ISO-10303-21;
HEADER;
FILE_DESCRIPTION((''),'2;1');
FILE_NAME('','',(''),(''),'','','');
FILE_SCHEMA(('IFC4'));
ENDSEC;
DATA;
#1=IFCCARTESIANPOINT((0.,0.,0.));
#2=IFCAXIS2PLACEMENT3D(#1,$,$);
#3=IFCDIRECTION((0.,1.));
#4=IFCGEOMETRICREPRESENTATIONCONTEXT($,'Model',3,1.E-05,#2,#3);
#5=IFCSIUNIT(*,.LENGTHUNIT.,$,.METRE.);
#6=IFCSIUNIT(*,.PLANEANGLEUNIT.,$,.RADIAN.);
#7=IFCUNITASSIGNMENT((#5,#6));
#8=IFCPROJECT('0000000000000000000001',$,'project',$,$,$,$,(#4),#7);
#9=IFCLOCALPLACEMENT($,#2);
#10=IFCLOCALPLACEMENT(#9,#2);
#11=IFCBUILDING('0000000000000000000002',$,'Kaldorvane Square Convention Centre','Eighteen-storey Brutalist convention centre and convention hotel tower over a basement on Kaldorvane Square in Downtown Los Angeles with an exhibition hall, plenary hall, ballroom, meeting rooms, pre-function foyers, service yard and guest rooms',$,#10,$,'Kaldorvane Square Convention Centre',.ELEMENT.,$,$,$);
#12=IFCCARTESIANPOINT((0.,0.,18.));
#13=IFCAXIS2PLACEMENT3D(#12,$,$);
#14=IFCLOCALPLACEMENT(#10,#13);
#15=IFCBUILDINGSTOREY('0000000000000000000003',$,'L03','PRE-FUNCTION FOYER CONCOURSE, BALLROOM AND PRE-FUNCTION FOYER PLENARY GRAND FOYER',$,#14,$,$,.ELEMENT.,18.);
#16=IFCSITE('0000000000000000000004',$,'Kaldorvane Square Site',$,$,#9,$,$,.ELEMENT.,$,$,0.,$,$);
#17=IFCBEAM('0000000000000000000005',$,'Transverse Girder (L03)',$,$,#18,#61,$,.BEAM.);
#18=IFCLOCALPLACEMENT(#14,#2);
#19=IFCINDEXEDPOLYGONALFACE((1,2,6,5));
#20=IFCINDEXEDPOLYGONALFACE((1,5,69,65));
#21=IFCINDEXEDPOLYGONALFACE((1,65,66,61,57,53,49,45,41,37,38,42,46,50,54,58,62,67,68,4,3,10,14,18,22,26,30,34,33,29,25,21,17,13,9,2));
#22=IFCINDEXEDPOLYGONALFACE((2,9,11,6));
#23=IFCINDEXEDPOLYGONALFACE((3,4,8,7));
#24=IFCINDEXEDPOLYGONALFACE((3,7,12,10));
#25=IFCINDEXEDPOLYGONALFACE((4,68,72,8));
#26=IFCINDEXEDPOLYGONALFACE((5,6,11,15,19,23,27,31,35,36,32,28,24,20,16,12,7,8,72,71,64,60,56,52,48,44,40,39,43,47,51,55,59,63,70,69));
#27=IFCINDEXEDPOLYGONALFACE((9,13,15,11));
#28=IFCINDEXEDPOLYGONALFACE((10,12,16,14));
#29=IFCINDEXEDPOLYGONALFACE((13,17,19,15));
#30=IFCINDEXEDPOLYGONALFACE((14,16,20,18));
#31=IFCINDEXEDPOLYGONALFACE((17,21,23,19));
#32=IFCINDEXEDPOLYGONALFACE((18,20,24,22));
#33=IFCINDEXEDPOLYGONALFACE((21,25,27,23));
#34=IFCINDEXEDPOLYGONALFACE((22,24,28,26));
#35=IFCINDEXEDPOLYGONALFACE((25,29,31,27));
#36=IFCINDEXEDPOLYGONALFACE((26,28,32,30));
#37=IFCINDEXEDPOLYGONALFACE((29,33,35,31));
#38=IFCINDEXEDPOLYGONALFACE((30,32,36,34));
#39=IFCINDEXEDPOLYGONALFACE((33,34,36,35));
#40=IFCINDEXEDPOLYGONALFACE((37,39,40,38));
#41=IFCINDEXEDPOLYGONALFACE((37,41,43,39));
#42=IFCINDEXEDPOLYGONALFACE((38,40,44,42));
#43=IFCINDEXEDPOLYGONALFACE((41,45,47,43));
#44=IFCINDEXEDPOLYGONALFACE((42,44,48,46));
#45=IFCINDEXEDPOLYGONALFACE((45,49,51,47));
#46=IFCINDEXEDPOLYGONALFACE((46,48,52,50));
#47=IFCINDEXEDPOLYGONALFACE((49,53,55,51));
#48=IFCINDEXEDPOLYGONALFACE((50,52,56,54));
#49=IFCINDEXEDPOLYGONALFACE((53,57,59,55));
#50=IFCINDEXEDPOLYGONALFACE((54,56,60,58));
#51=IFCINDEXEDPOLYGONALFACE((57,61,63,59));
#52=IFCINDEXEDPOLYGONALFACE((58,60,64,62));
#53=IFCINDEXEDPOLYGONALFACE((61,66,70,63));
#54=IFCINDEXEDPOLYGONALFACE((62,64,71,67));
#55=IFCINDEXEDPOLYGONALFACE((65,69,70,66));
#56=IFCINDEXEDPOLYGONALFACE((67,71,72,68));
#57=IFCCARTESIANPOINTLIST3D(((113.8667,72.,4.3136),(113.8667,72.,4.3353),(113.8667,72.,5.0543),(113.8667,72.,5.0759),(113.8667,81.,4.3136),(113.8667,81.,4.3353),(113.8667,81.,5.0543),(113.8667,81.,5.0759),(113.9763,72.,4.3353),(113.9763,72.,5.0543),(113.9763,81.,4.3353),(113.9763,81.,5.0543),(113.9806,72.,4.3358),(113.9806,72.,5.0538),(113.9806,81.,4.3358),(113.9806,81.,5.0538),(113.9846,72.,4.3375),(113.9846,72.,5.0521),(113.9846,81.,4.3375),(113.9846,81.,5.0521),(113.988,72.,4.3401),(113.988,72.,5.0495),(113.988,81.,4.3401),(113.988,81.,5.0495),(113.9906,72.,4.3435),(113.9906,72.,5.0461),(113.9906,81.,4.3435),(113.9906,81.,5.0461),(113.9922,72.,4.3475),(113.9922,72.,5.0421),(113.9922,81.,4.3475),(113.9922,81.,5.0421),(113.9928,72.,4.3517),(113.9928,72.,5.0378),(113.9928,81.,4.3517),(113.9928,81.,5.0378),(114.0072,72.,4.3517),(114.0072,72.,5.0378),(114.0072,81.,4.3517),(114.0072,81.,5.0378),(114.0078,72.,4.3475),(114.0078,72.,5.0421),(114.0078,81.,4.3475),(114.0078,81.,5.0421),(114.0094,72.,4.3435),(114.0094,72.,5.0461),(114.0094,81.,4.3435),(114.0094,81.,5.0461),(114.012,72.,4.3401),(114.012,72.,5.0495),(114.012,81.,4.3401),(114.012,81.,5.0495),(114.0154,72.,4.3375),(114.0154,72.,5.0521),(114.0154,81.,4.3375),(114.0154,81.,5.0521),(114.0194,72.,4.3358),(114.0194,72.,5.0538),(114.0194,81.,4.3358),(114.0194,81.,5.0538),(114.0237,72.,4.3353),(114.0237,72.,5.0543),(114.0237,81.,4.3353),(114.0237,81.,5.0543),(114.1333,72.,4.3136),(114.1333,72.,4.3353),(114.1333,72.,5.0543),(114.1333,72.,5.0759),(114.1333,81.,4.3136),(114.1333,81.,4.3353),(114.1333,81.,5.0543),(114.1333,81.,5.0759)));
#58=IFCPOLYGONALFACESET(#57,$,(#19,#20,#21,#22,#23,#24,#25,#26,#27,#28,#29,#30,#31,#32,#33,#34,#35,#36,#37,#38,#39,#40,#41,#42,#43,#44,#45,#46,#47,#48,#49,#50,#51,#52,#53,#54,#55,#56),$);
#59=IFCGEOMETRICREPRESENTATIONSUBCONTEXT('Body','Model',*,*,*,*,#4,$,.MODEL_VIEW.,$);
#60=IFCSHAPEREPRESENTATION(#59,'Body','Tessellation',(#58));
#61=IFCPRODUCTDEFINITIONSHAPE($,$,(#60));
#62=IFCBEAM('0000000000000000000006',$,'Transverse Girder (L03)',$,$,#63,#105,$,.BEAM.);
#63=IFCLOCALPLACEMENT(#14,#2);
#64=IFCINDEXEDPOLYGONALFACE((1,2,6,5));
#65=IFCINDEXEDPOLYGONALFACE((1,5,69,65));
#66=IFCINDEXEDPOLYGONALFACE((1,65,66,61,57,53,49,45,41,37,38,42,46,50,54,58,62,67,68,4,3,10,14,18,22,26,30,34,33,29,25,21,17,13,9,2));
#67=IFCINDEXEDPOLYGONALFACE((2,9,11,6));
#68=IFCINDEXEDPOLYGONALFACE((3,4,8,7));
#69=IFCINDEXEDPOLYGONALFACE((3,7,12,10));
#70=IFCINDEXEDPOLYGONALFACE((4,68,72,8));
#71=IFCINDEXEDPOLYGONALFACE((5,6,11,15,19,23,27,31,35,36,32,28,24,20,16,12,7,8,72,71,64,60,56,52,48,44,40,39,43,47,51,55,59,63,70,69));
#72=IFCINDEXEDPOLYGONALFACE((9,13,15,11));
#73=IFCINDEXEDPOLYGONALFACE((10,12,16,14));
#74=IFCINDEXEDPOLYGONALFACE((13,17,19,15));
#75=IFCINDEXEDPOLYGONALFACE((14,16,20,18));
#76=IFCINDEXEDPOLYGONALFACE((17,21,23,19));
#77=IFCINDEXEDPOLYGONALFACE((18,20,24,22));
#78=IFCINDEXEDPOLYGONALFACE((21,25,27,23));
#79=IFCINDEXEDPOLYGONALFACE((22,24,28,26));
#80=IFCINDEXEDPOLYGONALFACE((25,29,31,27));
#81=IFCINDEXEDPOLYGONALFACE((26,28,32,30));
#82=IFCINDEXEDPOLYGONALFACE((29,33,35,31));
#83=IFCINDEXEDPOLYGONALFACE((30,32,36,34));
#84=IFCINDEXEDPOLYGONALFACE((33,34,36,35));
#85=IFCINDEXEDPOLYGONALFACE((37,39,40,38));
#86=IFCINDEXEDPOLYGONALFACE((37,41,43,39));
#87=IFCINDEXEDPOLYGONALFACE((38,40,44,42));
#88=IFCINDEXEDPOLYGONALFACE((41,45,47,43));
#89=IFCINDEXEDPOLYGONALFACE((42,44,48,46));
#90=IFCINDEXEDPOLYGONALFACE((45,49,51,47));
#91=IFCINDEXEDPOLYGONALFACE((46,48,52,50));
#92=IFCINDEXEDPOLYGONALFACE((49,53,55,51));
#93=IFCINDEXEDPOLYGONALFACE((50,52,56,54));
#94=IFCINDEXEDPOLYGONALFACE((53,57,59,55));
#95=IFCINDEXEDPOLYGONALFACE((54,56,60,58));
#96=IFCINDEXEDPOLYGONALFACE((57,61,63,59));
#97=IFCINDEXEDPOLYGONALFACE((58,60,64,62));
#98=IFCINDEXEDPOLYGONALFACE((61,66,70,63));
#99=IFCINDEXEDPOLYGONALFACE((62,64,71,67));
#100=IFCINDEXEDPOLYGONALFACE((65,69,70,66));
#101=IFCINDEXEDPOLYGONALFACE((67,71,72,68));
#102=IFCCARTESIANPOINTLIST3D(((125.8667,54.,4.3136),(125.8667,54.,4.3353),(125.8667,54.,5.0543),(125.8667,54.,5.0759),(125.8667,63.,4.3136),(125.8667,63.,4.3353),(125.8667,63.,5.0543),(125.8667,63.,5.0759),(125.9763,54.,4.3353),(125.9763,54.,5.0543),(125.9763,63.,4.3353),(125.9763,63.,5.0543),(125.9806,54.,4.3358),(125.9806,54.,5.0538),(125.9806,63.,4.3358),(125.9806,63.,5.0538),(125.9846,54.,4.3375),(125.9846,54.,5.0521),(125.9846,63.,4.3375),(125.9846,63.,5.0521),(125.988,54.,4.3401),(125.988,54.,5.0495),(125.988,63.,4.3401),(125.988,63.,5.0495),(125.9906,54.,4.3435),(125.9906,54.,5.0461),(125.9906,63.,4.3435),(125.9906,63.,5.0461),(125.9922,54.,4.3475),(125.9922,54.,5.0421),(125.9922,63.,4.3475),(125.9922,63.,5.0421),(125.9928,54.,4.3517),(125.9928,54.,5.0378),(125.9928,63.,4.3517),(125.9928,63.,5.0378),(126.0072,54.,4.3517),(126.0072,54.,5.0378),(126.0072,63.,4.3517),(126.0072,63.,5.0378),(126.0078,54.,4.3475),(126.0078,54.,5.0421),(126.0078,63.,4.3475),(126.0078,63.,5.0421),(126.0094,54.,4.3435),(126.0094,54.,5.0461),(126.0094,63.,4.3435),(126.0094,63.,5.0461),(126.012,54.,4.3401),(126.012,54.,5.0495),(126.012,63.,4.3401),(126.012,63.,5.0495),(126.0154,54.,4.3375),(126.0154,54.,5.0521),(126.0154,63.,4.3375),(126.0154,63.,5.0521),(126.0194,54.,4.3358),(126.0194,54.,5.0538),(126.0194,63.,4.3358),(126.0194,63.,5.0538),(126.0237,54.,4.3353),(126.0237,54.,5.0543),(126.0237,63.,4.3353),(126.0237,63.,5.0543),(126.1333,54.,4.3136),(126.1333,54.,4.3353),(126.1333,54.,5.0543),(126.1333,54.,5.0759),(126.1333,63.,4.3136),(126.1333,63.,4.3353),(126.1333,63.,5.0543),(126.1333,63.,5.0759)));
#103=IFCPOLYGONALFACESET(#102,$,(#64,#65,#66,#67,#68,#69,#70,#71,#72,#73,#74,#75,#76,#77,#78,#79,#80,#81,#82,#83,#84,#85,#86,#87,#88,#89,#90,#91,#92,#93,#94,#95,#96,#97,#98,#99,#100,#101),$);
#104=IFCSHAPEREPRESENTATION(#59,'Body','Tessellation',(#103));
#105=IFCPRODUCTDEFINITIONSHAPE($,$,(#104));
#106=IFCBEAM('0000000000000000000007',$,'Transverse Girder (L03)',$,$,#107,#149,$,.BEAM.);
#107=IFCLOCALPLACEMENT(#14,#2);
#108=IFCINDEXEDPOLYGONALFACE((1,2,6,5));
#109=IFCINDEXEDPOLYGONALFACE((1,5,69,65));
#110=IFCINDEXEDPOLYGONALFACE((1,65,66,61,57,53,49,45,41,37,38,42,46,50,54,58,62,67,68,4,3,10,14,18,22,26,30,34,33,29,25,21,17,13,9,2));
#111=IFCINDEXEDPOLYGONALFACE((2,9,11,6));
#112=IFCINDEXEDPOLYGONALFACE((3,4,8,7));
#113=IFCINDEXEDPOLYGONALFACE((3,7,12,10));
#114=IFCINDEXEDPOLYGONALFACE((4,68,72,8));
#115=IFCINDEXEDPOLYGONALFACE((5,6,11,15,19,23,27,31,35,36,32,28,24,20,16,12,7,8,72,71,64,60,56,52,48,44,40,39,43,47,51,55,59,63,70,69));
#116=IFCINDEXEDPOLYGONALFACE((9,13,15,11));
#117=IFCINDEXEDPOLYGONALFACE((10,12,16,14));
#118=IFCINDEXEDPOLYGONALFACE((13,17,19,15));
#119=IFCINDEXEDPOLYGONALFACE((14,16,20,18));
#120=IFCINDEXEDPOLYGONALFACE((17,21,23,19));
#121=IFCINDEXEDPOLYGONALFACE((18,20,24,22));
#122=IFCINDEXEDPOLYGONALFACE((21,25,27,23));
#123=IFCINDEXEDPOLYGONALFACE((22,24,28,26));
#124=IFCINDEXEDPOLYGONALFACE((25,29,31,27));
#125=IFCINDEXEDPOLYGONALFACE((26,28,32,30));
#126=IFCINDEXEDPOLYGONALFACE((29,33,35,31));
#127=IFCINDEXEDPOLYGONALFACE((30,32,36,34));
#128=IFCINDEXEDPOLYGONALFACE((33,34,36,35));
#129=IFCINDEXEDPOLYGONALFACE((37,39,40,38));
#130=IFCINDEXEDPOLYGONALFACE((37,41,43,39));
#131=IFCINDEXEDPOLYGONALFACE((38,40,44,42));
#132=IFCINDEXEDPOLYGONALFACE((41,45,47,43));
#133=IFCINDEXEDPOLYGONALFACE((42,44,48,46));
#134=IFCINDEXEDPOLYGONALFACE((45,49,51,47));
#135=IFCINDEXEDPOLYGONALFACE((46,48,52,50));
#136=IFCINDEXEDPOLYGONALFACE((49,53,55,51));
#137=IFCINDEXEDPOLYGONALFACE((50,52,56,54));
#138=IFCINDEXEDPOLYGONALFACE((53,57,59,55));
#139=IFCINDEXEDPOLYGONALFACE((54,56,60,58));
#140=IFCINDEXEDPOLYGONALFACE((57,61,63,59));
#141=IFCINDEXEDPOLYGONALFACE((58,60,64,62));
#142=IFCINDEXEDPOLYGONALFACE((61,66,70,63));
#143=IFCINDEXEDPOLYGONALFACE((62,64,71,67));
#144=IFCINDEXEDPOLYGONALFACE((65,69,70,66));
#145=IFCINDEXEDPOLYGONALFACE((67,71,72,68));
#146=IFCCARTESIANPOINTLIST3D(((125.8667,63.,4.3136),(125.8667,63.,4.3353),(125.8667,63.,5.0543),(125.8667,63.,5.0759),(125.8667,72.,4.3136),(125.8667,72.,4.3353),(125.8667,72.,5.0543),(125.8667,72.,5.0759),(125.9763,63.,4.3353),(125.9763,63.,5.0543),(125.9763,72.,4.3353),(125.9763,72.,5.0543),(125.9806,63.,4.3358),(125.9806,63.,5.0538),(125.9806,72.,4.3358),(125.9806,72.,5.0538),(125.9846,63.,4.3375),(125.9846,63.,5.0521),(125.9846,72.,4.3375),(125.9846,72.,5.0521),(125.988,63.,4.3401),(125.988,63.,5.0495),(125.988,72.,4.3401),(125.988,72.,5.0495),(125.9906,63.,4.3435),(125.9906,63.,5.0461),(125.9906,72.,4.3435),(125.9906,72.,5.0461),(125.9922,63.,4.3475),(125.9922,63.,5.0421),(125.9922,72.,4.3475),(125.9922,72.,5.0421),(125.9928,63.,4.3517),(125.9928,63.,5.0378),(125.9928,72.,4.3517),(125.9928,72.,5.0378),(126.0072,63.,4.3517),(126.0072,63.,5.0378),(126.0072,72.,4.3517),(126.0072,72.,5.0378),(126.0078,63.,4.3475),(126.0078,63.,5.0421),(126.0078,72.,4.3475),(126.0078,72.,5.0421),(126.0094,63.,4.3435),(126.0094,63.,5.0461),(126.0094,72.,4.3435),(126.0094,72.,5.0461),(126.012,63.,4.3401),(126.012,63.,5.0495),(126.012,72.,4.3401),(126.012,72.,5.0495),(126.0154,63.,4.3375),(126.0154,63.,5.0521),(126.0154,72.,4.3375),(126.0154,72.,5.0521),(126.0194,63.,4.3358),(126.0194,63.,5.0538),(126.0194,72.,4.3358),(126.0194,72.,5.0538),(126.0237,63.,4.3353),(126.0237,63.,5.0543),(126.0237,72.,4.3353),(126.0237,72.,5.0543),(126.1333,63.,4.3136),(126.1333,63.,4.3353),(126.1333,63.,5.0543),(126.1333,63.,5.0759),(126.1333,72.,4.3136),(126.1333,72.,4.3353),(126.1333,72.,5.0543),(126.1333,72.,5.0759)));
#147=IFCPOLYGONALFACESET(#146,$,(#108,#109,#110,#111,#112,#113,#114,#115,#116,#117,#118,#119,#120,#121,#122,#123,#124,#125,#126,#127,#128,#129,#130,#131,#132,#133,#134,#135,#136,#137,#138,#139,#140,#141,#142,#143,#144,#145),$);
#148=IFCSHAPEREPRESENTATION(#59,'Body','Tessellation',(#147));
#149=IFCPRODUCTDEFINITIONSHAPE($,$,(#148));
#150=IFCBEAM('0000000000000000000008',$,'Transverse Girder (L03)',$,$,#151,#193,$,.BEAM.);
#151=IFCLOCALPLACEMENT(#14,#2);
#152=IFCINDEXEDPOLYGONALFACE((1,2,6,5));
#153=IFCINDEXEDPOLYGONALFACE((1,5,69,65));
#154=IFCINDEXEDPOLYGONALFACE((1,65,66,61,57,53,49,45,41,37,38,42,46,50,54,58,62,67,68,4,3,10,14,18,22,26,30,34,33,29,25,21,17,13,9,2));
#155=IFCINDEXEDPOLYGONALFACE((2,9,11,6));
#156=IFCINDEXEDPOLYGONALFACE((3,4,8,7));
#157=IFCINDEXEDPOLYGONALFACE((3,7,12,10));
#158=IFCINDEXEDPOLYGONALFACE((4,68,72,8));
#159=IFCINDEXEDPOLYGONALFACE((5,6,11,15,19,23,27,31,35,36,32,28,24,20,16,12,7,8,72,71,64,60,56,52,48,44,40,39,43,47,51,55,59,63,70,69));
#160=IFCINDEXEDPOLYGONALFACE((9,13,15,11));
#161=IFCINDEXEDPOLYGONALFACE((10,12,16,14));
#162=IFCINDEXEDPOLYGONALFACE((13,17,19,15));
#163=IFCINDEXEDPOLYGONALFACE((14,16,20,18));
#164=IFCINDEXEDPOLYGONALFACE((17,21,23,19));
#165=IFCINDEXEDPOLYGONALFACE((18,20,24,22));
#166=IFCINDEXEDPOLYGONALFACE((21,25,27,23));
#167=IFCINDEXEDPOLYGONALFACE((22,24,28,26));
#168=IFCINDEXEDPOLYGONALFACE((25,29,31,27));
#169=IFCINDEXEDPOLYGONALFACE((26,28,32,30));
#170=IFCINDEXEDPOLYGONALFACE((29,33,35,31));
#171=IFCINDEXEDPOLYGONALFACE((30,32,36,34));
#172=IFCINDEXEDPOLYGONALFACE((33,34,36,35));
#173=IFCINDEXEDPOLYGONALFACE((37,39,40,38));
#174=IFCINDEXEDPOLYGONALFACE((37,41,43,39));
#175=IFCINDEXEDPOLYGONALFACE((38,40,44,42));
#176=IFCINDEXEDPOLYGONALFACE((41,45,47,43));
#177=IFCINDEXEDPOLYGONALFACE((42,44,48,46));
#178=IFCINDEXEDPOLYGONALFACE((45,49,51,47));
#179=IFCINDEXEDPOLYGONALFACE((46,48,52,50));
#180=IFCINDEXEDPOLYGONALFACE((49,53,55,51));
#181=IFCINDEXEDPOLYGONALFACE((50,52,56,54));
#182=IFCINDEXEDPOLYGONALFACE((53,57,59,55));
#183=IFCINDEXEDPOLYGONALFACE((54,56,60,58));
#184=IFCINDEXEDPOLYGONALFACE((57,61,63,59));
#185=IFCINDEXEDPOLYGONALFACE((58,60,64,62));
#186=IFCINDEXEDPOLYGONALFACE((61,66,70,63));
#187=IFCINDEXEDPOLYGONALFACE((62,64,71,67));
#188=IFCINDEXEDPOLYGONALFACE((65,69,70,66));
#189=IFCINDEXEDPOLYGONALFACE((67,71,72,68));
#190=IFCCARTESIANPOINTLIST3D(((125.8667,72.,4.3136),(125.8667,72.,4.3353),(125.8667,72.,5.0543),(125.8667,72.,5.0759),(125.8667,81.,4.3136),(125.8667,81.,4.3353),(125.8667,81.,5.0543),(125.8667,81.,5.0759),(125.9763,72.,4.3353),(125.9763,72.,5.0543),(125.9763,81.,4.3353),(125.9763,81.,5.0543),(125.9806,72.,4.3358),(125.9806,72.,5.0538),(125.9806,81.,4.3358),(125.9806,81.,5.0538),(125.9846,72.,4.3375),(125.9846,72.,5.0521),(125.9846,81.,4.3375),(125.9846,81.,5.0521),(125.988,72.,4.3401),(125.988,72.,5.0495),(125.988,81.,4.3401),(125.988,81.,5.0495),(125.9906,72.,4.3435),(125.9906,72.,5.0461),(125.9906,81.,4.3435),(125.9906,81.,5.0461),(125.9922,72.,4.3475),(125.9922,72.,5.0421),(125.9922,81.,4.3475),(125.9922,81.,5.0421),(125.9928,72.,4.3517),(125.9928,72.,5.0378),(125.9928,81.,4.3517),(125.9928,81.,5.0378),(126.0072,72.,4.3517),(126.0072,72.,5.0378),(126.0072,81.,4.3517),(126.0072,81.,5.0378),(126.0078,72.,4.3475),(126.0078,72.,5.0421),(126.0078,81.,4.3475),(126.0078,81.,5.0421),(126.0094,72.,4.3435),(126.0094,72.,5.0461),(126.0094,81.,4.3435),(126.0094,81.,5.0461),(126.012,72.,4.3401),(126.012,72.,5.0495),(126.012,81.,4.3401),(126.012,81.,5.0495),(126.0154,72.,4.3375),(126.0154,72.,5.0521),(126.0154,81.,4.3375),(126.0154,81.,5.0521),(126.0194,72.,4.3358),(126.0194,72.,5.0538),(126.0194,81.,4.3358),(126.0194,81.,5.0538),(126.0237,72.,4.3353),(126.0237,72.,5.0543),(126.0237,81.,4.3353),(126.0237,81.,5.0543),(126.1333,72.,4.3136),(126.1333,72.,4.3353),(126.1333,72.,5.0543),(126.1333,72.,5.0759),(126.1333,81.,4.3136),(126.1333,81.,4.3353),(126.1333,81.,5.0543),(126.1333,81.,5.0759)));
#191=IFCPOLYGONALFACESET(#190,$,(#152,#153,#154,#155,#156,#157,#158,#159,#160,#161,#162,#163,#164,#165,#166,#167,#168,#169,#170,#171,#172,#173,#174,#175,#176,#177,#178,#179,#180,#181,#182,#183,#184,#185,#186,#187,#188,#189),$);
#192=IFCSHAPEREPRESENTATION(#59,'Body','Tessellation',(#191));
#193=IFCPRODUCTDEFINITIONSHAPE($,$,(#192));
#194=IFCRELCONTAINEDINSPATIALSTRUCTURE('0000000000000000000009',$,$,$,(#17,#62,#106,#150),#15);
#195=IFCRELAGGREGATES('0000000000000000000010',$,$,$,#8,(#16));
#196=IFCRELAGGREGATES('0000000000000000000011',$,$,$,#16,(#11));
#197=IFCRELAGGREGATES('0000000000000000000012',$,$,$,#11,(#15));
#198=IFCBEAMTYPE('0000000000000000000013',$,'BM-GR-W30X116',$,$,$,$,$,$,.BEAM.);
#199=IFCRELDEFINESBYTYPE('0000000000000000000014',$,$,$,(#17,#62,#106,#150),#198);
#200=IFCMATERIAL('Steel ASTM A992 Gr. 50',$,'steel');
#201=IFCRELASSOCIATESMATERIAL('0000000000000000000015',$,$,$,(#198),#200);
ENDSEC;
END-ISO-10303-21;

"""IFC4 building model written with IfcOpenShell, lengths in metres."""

from ifc_helpers import new_model, si_unit, direction, frame, origin, origin_2d, place, context, subcontext, project, spatial, i_section, extrude, material, material_profile, profile_set, type_object, element, save


model = new_model("IFC4")

# Units and contexts
model_context = context("Model", 3, precision=1e-05, world=origin(), true_north=direction((0.0, 1.0)))
body_context = subcontext(model_context, "Body", "Model", "MODEL_VIEW")
ifc_project = project(units=[si_unit("LENGTHUNIT", "METRE"), si_unit("PLANEANGLEUNIT", "RADIAN")], contexts=[model_context])

# Site, building, storey
site_placement = place(None, origin())
site = spatial("IfcSite", under=ifc_project, at=site_placement, Name="Kaldorvane Square Site", CompositionType="ELEMENT", RefElevation=0.0)
building_placement = place(site_placement, origin())
building = spatial("IfcBuilding", under=site, at=building_placement, Name="Kaldorvane Square Convention Centre", Description="Eighteen-storey Brutalist convention centre and convention hotel tower over a basement on Kaldorvane Square in Downtown Los Angeles with an exhibition hall, plenary hall, ballroom, meeting rooms, pre-function foyers, service yard and guest rooms", LongName="Kaldorvane Square Convention Centre", CompositionType="ELEMENT")
storey_placement = place(building_placement, frame((0.0, 0.0, 18.0)))
storey = spatial("IfcBuildingStorey", under=building, at=storey_placement, Name="L03", Description="PRE-FUNCTION FOYER CONCOURSE, BALLROOM AND PRE-FUNCTION FOYER PLENARY GRAND FOYER", CompositionType="ELEMENT", Elevation=18.0)

# Shared definitions
ifc_material_1 = material(Name="Steel ASTM A992 Gr. 50", Category="steel")

# Beams
ifc_material_profile_1 = material_profile(ifc_material_1, i_section(OverallWidth=0.2666, OverallDepth=0.7623, WebThickness=0.0144, FlangeThickness=0.0216, FilletRadius=0.0165, at=origin_2d()), Name="W30X116")
ifc_profile_set_1 = profile_set([ifc_material_profile_1], Name="Steel ASTM A992 Gr. 50")
beam_type_1 = type_object("IfcBeamType", Name="BM-GR-W30X116", PredefinedType="BEAM", material=ifc_profile_set_1)
for number, where, z_axis, x_axis, name in (
    (1, (114.0, 72.0, 4.6948), (0.0, 1.0, 0.0), (-1.0, 0.0, 0.0), "Transverse Girder (L03)"),
    (2, (126.0, 54.0, 4.6948), (0.0, 1.0, 0.0), (-1.0, 0.0, 0.0), "Transverse Girder (L03)"),
    (3, (126.0, 63.0, 4.6948), (0.0, 1.0, 0.0), (-1.0, 0.0, 0.0), "Transverse Girder (L03)"),
    (4, (126.0, 72.0, 4.6948), (0.0, 1.0, 0.0), (-1.0, 0.0, 0.0), "Transverse Girder (L03)"),
):
    element("IfcBeam", number, at=place(storey_placement, frame(where, z_axis=z_axis, x_axis=x_axis)), inside=storey, type_object=beam_type_1, Name=name, PredefinedType="BEAM", context=body_context, shape_type="SweptSolid", body=[
        extrude(i_section(OverallWidth=0.2666, OverallDepth=0.7623, WebThickness=0.0144, FlangeThickness=0.0216, FilletRadius=0.0165, at=origin_2d()), origin(), (0.0, 0.0, 1.0), 9.0),
    ])

save(model, "model.ifc")
